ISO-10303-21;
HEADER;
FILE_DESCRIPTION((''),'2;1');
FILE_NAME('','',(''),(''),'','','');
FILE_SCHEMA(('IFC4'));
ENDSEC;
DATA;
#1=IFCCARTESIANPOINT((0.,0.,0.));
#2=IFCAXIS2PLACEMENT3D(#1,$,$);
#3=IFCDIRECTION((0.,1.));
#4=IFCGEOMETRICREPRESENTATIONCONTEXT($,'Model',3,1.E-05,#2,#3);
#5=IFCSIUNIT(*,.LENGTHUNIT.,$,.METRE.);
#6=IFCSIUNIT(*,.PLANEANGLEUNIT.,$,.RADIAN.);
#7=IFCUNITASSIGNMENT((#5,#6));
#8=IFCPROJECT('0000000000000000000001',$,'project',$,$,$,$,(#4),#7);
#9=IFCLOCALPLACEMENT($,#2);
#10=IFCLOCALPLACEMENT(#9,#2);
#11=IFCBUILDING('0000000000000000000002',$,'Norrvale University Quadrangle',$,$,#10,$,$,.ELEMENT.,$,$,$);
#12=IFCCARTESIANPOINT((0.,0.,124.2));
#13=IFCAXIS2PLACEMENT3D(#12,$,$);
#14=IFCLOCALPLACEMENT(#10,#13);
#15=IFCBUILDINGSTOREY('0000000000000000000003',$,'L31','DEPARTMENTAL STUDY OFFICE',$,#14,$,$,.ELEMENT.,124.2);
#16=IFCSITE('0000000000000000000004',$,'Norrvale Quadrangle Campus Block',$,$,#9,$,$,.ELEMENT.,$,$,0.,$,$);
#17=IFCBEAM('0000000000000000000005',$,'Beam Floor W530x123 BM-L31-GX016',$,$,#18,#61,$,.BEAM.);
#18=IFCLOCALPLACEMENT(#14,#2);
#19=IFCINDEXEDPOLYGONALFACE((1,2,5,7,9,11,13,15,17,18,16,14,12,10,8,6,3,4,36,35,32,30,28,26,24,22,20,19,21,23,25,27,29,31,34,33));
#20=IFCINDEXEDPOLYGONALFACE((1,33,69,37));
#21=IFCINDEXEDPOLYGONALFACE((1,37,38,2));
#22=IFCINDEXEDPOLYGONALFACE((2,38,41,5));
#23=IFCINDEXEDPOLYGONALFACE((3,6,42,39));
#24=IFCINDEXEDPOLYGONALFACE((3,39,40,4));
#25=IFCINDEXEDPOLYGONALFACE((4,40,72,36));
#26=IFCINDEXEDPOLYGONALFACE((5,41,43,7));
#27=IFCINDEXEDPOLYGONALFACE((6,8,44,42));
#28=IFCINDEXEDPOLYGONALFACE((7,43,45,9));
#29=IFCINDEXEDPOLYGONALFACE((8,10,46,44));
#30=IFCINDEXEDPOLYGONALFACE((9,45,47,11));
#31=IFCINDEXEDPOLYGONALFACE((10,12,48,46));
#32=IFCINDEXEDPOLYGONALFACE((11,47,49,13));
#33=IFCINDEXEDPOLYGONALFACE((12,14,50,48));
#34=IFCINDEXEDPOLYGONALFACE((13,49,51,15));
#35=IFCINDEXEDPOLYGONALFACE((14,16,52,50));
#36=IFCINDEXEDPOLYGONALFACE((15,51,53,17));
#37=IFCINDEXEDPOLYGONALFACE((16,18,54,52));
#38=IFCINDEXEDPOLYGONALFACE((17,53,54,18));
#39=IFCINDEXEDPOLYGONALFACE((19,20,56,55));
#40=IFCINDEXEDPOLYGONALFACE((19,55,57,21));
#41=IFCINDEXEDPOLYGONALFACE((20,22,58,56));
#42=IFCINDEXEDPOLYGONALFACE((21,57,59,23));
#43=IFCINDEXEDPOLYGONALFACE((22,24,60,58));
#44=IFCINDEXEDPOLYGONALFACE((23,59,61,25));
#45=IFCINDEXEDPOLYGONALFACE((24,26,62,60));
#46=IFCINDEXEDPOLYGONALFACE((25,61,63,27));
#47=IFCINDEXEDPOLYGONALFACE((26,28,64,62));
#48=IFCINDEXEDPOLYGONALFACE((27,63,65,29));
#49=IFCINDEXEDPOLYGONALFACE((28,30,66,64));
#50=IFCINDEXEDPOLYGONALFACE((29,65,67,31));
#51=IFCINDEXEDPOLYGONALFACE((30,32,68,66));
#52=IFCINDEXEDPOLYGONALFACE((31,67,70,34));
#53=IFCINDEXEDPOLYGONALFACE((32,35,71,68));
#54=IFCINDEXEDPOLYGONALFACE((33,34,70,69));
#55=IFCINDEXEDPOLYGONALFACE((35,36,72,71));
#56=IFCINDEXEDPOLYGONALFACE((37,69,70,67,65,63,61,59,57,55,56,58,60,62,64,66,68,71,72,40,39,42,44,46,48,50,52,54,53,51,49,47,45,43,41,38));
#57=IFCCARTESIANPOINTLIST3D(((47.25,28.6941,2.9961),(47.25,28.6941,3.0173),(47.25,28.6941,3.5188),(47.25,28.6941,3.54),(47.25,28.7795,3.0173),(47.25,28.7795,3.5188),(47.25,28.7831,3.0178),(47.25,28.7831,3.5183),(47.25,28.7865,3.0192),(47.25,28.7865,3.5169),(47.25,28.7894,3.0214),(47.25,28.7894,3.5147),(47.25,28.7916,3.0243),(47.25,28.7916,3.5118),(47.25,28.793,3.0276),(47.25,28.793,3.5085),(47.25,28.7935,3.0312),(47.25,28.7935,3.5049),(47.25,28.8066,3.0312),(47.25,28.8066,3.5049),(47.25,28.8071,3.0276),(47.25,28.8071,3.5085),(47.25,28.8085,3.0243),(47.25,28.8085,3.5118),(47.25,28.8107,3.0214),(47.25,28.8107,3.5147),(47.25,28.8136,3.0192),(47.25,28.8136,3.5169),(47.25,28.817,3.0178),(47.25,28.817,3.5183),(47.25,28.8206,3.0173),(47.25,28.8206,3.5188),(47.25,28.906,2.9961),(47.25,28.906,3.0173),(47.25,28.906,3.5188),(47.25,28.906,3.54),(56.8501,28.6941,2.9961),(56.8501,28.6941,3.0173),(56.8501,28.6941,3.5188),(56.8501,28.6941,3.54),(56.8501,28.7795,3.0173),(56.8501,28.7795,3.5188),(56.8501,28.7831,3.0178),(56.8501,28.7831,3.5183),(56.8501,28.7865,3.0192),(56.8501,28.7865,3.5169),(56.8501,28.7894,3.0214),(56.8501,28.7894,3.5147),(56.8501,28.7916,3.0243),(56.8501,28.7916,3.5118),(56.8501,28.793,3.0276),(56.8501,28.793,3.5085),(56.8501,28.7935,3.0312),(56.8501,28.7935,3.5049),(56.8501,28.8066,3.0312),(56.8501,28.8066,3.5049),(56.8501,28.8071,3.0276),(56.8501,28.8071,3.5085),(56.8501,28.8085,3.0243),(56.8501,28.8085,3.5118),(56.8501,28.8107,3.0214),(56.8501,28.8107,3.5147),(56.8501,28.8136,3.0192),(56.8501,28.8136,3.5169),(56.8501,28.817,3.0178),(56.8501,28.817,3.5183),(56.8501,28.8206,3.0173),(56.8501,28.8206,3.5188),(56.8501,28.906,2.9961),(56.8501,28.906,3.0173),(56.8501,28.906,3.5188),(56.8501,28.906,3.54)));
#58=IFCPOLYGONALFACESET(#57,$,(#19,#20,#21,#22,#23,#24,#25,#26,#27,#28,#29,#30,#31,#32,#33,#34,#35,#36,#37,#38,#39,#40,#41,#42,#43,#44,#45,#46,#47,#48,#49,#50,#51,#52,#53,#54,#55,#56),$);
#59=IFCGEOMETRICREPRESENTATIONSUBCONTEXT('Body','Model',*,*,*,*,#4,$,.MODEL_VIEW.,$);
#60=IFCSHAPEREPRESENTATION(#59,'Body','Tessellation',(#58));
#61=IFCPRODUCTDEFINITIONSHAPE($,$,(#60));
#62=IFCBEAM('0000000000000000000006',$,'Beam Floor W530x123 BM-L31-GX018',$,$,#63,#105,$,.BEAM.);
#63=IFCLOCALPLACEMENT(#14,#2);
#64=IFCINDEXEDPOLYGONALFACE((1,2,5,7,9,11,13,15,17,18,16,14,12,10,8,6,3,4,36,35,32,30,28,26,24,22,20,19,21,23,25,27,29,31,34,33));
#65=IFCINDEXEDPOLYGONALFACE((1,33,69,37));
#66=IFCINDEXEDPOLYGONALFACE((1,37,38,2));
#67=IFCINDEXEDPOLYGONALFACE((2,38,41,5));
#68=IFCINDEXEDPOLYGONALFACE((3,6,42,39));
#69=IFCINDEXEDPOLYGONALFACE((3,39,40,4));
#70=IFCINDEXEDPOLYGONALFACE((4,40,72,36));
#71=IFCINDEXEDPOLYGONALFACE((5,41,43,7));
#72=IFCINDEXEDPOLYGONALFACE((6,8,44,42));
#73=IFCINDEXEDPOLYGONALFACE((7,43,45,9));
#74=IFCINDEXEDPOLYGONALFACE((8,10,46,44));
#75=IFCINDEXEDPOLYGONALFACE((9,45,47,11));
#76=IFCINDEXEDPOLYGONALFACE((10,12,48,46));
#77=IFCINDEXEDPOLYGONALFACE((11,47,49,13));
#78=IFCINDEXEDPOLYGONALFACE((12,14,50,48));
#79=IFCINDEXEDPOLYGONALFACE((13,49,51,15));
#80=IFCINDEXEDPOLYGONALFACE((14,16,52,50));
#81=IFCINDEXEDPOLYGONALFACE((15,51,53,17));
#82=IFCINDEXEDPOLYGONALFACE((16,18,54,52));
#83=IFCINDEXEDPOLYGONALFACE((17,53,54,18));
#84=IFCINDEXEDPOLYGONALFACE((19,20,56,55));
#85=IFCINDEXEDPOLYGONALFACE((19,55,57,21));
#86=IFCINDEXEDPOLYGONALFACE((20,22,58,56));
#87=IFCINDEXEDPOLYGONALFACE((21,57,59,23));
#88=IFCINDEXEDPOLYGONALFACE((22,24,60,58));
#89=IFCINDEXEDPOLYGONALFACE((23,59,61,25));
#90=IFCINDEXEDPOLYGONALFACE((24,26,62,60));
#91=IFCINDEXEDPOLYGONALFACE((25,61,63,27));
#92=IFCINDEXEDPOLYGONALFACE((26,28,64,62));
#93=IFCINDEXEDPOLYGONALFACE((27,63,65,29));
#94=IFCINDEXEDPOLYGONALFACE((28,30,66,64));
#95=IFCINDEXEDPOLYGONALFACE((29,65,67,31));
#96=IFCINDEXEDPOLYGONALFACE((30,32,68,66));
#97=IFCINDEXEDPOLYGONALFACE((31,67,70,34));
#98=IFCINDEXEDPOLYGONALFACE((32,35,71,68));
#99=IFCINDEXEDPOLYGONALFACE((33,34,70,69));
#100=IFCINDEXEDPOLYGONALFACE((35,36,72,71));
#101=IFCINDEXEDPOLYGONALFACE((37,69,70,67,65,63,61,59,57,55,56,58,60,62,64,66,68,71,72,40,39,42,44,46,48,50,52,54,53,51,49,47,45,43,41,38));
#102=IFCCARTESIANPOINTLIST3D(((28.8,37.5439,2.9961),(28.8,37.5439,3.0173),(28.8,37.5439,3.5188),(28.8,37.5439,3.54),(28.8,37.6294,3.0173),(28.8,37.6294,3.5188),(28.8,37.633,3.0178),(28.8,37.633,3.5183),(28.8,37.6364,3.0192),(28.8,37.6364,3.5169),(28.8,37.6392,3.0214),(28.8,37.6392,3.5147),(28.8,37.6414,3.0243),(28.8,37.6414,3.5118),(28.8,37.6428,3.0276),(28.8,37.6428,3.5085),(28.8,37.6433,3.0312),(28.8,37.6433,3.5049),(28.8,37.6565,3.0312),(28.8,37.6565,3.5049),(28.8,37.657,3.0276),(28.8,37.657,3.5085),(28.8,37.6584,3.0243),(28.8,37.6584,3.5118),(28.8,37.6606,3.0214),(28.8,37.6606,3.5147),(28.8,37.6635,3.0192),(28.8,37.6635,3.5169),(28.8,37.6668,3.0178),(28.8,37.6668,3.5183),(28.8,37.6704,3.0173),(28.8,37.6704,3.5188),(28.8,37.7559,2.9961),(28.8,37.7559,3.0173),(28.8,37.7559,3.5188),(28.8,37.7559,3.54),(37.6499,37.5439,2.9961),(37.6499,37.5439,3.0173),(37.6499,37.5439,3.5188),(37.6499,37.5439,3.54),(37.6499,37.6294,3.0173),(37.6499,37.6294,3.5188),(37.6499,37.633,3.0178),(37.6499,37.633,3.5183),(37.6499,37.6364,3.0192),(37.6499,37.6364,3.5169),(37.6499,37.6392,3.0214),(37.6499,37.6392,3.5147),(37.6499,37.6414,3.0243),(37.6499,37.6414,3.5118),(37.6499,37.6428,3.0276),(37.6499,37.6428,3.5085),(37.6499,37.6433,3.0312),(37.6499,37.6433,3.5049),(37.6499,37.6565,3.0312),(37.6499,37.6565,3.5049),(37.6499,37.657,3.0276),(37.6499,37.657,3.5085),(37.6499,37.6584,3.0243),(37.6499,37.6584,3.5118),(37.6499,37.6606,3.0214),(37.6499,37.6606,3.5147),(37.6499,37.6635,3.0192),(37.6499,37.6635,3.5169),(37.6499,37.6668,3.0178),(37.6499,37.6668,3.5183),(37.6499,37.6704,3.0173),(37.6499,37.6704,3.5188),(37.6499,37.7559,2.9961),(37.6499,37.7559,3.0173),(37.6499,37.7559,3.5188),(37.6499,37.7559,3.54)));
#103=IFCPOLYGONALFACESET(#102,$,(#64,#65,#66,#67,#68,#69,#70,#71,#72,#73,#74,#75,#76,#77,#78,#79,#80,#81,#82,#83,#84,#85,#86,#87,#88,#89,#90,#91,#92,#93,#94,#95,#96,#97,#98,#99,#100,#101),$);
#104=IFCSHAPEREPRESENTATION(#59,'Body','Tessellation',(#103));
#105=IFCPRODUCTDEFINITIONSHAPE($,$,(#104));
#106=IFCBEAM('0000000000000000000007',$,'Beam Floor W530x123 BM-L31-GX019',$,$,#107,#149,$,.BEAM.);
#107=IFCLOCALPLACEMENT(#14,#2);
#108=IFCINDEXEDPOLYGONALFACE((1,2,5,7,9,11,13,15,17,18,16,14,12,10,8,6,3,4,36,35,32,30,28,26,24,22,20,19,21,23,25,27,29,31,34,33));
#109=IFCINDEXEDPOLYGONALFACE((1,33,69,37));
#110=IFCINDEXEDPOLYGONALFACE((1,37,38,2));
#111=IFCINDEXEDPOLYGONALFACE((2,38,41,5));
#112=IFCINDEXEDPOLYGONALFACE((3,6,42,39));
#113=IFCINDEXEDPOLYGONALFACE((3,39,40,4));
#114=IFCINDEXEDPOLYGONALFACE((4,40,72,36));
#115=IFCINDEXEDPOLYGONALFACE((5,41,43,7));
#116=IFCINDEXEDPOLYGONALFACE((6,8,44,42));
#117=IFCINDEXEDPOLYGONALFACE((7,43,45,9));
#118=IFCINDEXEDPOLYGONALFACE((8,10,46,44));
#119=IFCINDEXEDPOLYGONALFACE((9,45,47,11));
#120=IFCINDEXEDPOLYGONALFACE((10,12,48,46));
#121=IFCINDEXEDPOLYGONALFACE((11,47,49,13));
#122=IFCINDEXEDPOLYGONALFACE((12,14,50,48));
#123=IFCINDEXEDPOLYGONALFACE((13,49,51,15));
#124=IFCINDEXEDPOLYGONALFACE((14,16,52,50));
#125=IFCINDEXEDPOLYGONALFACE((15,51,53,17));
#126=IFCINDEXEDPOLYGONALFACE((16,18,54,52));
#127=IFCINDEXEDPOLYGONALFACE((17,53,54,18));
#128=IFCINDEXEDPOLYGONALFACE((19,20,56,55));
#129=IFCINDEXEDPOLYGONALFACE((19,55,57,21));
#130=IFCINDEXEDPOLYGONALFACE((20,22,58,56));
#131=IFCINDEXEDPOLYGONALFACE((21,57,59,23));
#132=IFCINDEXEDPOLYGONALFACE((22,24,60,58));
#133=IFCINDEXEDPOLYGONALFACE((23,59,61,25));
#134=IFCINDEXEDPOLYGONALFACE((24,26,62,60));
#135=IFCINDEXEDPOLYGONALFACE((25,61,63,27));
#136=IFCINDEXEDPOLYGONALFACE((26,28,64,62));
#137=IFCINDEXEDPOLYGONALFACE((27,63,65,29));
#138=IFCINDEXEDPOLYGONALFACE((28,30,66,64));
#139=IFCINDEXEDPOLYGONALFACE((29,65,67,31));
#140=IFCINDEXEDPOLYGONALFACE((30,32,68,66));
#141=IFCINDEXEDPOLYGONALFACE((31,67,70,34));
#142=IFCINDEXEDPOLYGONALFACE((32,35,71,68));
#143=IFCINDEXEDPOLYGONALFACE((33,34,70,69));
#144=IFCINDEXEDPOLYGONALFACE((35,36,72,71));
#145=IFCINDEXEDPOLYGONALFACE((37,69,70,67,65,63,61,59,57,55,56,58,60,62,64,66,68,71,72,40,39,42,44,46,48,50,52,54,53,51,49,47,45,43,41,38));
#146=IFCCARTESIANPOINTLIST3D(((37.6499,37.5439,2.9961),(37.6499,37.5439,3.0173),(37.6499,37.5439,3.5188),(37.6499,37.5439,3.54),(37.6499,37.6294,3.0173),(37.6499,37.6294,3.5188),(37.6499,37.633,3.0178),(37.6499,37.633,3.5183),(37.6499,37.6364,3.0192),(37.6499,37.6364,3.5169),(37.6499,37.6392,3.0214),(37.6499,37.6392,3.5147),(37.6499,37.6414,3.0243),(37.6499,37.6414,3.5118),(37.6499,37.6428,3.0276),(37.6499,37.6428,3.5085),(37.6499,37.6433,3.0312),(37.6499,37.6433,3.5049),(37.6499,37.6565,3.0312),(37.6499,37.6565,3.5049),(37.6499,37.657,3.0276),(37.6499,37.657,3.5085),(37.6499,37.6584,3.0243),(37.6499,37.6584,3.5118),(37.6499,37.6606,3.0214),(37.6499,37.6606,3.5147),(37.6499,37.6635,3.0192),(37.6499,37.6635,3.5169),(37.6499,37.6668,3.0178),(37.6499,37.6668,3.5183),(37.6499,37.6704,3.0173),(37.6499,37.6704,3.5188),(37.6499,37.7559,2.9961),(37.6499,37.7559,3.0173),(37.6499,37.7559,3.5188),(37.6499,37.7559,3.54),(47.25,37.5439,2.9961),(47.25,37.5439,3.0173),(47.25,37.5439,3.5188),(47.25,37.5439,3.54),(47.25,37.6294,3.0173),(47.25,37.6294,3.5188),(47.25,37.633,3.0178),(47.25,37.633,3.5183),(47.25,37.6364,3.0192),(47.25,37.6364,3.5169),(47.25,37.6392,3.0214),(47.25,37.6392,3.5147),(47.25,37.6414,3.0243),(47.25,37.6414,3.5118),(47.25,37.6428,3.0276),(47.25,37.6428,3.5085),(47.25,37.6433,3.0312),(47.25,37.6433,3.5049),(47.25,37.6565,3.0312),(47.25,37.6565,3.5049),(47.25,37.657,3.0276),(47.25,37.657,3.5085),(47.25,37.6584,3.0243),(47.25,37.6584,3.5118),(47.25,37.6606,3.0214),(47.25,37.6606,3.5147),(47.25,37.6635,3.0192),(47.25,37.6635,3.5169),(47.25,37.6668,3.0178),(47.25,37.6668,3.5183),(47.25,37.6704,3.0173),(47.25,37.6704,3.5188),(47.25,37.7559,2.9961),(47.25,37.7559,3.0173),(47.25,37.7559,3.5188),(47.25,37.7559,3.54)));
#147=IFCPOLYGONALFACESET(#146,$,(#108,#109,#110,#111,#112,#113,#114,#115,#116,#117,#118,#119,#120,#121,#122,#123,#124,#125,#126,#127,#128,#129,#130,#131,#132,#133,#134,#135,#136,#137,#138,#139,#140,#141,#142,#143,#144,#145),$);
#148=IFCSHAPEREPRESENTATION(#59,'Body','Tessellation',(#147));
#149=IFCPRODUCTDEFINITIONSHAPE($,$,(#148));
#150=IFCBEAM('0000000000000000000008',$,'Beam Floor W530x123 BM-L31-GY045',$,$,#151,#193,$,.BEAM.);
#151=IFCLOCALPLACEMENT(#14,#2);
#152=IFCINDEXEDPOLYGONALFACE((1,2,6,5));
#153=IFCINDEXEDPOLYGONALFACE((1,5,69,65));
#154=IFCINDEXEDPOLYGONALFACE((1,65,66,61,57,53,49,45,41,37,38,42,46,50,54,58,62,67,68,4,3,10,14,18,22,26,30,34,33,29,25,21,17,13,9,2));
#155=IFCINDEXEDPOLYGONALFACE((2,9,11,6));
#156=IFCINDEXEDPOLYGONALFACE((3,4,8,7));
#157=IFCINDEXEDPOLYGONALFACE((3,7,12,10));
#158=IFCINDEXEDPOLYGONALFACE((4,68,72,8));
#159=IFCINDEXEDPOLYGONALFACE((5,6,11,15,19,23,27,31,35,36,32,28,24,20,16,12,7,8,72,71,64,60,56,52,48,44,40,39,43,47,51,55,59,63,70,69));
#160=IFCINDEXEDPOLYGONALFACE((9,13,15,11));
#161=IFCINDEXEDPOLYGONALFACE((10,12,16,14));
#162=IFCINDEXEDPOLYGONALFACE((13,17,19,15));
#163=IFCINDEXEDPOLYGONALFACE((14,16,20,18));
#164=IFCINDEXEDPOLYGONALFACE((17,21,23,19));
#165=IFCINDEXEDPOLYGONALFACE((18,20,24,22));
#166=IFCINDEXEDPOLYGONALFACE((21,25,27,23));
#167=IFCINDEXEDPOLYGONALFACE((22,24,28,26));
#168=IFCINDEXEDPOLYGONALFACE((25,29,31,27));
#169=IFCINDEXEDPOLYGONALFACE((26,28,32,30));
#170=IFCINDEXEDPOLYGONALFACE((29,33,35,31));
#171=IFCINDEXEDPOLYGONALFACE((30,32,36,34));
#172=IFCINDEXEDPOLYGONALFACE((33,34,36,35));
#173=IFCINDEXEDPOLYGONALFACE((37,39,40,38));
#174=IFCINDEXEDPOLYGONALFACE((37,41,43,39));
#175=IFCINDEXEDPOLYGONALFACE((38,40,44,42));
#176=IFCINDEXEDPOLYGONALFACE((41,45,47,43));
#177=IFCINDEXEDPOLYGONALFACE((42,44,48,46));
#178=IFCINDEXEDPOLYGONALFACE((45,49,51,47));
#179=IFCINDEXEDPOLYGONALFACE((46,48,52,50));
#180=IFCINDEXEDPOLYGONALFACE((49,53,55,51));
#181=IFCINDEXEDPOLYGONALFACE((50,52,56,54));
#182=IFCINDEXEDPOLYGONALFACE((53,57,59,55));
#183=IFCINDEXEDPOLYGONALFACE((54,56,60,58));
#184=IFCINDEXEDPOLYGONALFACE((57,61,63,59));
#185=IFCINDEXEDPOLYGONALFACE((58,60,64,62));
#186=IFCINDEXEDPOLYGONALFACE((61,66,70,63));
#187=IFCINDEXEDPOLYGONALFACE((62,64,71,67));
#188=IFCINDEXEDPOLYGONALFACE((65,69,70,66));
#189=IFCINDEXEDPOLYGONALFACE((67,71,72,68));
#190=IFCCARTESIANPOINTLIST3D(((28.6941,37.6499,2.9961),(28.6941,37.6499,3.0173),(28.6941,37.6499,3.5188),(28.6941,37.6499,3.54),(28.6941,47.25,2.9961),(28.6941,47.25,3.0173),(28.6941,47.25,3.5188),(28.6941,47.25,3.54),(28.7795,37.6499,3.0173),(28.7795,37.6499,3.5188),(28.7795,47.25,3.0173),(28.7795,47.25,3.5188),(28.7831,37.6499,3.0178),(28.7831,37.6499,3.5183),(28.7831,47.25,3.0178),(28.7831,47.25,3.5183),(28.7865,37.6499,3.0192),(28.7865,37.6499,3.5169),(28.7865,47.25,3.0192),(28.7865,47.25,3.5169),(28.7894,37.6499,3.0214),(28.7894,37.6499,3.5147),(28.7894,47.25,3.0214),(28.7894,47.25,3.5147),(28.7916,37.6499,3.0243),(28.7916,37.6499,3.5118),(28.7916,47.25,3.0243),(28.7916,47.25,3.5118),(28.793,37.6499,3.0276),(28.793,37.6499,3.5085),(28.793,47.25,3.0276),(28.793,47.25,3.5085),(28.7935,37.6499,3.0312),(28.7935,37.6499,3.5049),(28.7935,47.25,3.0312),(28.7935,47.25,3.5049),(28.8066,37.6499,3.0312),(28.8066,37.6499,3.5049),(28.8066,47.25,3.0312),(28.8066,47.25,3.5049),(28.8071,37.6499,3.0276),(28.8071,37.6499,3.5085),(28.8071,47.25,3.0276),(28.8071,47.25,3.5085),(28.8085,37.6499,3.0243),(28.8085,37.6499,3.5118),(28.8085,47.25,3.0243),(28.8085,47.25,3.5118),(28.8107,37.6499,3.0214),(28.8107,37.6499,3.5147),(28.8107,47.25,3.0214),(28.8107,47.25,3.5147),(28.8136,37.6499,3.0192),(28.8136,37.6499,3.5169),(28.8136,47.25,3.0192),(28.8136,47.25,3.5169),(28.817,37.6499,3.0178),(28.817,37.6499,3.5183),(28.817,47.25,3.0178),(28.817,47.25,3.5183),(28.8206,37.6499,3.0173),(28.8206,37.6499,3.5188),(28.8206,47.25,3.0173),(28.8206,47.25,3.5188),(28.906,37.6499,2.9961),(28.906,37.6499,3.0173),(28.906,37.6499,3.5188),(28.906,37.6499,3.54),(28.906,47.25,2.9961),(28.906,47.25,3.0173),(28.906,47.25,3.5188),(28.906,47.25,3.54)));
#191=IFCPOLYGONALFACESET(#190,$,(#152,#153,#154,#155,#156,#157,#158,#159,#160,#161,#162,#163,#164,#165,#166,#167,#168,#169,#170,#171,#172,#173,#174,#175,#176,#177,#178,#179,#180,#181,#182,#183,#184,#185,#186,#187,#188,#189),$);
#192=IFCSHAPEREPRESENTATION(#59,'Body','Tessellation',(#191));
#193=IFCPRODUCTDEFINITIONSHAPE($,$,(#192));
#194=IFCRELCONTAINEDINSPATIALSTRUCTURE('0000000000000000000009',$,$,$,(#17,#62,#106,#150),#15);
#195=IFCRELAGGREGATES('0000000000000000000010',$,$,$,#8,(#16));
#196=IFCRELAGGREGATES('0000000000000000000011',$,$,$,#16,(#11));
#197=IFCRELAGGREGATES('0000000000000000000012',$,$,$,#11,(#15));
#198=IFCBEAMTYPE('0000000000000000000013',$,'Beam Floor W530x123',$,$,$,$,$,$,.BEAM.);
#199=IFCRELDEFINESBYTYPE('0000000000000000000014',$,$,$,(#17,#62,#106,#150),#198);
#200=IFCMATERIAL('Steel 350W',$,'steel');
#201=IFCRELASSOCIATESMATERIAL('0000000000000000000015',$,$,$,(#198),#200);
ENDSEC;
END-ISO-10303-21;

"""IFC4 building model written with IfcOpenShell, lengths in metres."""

from ifc_helpers import new_model, si_unit, direction, frame, origin, origin_2d, place, context, subcontext, project, spatial, i_section, extrude, material, material_profile, profile_set, type_object, element, save


model = new_model("IFC4")

# Units and contexts
model_context = context("Model", 3, precision=1e-05, world=origin(), true_north=direction((0.0, 1.0)))
body_context = subcontext(model_context, "Body", "Model", "MODEL_VIEW")
ifc_project = project(units=[si_unit("LENGTHUNIT", "METRE"), si_unit("PLANEANGLEUNIT", "RADIAN")], contexts=[model_context])

# Site, building, storey
site_placement = place(None, origin())
site = spatial("IfcSite", under=ifc_project, at=site_placement, Name="Norrvale Quadrangle Campus Block", CompositionType="ELEMENT", RefElevation=0.0)
building_placement = place(site_placement, origin())
building = spatial("IfcBuilding", under=site, at=building_placement, Name="Norrvale University Quadrangle", CompositionType="ELEMENT")
storey_placement = place(building_placement, frame((0.0, 0.0, 124.2)))
storey = spatial("IfcBuildingStorey", under=building, at=storey_placement, Name="L31", Description="DEPARTMENTAL STUDY OFFICE", CompositionType="ELEMENT", Elevation=124.2)

# Beams
ifc_material_1 = material(Name="Steel 350W", Category="steel")
ifc_material_profile_1 = material_profile(ifc_material_1, i_section(OverallWidth=0.2119, OverallDepth=0.5439, WebThickness=0.0132, FlangeThickness=0.0212, FilletRadius=0.0139, at=origin_2d()), Name="Steel 350W")
ifc_profile_set_1 = profile_set([ifc_material_profile_1], Name="Steel 350W")
beam_type_1 = type_object("IfcBeamType", Name="Beam Floor W530x123", PredefinedType="BEAM", material=ifc_profile_set_1)
for number, where, z_axis, x_axis, name in (
    (1, (47.25, 28.8, 3.2681), (1.0, 0.0, 0.0), (0.0, 1.0, 0.0), "Beam Floor W530x123 BM-L31-GX016"),
):
    element("IfcBeam", number, at=place(storey_placement, frame(where, z_axis=z_axis, x_axis=x_axis)), inside=storey, type_object=beam_type_1, Name=name, PredefinedType="BEAM", context=body_context, shape_type="SweptSolid", body=[
        extrude(i_section(OverallWidth=0.2119, OverallDepth=0.5439, WebThickness=0.0132, FlangeThickness=0.0212, FilletRadius=0.0139, at=origin_2d()), origin(), (0.0, 0.0, 1.0), 9.6001),
    ])
beam_placement = place(storey_placement, frame((28.8, 37.6499, 3.2681), z_axis=(1.0, 0.0, 0.0), x_axis=(0.0, 1.0, 0.0)))
element("IfcBeam", 2, at=beam_placement, inside=storey, type_object=beam_type_1, Name="Beam Floor W530x123 BM-L31-GX018", PredefinedType="BEAM", context=body_context, shape_type="SweptSolid", body=[
    extrude(i_section(OverallWidth=0.2119, OverallDepth=0.5439, WebThickness=0.0132, FlangeThickness=0.0212, FilletRadius=0.0139, at=origin_2d()), origin(), (0.0, 0.0, 1.0), 8.8499),
])
for number, where, z_axis, x_axis, name in (
    (3, (37.6499, 37.6499, 3.2681), (1.0, 0.0, 0.0), (0.0, 1.0, 0.0), "Beam Floor W530x123 BM-L31-GX019"),
    (4, (28.8, 37.6499, 3.2681), (0.0, 1.0, 0.0), (-1.0, 0.0, 0.0), "Beam Floor W530x123 BM-L31-GY045"),
):
    element("IfcBeam", number, at=place(storey_placement, frame(where, z_axis=z_axis, x_axis=x_axis)), inside=storey, type_object=beam_type_1, Name=name, PredefinedType="BEAM", context=body_context, shape_type="SweptSolid", body=[
        extrude(i_section(OverallWidth=0.2119, OverallDepth=0.5439, WebThickness=0.0132, FlangeThickness=0.0212, FilletRadius=0.0139, at=origin_2d()), origin(), (0.0, 0.0, 1.0), 9.6001),
    ])

save(model, "model.ifc")
